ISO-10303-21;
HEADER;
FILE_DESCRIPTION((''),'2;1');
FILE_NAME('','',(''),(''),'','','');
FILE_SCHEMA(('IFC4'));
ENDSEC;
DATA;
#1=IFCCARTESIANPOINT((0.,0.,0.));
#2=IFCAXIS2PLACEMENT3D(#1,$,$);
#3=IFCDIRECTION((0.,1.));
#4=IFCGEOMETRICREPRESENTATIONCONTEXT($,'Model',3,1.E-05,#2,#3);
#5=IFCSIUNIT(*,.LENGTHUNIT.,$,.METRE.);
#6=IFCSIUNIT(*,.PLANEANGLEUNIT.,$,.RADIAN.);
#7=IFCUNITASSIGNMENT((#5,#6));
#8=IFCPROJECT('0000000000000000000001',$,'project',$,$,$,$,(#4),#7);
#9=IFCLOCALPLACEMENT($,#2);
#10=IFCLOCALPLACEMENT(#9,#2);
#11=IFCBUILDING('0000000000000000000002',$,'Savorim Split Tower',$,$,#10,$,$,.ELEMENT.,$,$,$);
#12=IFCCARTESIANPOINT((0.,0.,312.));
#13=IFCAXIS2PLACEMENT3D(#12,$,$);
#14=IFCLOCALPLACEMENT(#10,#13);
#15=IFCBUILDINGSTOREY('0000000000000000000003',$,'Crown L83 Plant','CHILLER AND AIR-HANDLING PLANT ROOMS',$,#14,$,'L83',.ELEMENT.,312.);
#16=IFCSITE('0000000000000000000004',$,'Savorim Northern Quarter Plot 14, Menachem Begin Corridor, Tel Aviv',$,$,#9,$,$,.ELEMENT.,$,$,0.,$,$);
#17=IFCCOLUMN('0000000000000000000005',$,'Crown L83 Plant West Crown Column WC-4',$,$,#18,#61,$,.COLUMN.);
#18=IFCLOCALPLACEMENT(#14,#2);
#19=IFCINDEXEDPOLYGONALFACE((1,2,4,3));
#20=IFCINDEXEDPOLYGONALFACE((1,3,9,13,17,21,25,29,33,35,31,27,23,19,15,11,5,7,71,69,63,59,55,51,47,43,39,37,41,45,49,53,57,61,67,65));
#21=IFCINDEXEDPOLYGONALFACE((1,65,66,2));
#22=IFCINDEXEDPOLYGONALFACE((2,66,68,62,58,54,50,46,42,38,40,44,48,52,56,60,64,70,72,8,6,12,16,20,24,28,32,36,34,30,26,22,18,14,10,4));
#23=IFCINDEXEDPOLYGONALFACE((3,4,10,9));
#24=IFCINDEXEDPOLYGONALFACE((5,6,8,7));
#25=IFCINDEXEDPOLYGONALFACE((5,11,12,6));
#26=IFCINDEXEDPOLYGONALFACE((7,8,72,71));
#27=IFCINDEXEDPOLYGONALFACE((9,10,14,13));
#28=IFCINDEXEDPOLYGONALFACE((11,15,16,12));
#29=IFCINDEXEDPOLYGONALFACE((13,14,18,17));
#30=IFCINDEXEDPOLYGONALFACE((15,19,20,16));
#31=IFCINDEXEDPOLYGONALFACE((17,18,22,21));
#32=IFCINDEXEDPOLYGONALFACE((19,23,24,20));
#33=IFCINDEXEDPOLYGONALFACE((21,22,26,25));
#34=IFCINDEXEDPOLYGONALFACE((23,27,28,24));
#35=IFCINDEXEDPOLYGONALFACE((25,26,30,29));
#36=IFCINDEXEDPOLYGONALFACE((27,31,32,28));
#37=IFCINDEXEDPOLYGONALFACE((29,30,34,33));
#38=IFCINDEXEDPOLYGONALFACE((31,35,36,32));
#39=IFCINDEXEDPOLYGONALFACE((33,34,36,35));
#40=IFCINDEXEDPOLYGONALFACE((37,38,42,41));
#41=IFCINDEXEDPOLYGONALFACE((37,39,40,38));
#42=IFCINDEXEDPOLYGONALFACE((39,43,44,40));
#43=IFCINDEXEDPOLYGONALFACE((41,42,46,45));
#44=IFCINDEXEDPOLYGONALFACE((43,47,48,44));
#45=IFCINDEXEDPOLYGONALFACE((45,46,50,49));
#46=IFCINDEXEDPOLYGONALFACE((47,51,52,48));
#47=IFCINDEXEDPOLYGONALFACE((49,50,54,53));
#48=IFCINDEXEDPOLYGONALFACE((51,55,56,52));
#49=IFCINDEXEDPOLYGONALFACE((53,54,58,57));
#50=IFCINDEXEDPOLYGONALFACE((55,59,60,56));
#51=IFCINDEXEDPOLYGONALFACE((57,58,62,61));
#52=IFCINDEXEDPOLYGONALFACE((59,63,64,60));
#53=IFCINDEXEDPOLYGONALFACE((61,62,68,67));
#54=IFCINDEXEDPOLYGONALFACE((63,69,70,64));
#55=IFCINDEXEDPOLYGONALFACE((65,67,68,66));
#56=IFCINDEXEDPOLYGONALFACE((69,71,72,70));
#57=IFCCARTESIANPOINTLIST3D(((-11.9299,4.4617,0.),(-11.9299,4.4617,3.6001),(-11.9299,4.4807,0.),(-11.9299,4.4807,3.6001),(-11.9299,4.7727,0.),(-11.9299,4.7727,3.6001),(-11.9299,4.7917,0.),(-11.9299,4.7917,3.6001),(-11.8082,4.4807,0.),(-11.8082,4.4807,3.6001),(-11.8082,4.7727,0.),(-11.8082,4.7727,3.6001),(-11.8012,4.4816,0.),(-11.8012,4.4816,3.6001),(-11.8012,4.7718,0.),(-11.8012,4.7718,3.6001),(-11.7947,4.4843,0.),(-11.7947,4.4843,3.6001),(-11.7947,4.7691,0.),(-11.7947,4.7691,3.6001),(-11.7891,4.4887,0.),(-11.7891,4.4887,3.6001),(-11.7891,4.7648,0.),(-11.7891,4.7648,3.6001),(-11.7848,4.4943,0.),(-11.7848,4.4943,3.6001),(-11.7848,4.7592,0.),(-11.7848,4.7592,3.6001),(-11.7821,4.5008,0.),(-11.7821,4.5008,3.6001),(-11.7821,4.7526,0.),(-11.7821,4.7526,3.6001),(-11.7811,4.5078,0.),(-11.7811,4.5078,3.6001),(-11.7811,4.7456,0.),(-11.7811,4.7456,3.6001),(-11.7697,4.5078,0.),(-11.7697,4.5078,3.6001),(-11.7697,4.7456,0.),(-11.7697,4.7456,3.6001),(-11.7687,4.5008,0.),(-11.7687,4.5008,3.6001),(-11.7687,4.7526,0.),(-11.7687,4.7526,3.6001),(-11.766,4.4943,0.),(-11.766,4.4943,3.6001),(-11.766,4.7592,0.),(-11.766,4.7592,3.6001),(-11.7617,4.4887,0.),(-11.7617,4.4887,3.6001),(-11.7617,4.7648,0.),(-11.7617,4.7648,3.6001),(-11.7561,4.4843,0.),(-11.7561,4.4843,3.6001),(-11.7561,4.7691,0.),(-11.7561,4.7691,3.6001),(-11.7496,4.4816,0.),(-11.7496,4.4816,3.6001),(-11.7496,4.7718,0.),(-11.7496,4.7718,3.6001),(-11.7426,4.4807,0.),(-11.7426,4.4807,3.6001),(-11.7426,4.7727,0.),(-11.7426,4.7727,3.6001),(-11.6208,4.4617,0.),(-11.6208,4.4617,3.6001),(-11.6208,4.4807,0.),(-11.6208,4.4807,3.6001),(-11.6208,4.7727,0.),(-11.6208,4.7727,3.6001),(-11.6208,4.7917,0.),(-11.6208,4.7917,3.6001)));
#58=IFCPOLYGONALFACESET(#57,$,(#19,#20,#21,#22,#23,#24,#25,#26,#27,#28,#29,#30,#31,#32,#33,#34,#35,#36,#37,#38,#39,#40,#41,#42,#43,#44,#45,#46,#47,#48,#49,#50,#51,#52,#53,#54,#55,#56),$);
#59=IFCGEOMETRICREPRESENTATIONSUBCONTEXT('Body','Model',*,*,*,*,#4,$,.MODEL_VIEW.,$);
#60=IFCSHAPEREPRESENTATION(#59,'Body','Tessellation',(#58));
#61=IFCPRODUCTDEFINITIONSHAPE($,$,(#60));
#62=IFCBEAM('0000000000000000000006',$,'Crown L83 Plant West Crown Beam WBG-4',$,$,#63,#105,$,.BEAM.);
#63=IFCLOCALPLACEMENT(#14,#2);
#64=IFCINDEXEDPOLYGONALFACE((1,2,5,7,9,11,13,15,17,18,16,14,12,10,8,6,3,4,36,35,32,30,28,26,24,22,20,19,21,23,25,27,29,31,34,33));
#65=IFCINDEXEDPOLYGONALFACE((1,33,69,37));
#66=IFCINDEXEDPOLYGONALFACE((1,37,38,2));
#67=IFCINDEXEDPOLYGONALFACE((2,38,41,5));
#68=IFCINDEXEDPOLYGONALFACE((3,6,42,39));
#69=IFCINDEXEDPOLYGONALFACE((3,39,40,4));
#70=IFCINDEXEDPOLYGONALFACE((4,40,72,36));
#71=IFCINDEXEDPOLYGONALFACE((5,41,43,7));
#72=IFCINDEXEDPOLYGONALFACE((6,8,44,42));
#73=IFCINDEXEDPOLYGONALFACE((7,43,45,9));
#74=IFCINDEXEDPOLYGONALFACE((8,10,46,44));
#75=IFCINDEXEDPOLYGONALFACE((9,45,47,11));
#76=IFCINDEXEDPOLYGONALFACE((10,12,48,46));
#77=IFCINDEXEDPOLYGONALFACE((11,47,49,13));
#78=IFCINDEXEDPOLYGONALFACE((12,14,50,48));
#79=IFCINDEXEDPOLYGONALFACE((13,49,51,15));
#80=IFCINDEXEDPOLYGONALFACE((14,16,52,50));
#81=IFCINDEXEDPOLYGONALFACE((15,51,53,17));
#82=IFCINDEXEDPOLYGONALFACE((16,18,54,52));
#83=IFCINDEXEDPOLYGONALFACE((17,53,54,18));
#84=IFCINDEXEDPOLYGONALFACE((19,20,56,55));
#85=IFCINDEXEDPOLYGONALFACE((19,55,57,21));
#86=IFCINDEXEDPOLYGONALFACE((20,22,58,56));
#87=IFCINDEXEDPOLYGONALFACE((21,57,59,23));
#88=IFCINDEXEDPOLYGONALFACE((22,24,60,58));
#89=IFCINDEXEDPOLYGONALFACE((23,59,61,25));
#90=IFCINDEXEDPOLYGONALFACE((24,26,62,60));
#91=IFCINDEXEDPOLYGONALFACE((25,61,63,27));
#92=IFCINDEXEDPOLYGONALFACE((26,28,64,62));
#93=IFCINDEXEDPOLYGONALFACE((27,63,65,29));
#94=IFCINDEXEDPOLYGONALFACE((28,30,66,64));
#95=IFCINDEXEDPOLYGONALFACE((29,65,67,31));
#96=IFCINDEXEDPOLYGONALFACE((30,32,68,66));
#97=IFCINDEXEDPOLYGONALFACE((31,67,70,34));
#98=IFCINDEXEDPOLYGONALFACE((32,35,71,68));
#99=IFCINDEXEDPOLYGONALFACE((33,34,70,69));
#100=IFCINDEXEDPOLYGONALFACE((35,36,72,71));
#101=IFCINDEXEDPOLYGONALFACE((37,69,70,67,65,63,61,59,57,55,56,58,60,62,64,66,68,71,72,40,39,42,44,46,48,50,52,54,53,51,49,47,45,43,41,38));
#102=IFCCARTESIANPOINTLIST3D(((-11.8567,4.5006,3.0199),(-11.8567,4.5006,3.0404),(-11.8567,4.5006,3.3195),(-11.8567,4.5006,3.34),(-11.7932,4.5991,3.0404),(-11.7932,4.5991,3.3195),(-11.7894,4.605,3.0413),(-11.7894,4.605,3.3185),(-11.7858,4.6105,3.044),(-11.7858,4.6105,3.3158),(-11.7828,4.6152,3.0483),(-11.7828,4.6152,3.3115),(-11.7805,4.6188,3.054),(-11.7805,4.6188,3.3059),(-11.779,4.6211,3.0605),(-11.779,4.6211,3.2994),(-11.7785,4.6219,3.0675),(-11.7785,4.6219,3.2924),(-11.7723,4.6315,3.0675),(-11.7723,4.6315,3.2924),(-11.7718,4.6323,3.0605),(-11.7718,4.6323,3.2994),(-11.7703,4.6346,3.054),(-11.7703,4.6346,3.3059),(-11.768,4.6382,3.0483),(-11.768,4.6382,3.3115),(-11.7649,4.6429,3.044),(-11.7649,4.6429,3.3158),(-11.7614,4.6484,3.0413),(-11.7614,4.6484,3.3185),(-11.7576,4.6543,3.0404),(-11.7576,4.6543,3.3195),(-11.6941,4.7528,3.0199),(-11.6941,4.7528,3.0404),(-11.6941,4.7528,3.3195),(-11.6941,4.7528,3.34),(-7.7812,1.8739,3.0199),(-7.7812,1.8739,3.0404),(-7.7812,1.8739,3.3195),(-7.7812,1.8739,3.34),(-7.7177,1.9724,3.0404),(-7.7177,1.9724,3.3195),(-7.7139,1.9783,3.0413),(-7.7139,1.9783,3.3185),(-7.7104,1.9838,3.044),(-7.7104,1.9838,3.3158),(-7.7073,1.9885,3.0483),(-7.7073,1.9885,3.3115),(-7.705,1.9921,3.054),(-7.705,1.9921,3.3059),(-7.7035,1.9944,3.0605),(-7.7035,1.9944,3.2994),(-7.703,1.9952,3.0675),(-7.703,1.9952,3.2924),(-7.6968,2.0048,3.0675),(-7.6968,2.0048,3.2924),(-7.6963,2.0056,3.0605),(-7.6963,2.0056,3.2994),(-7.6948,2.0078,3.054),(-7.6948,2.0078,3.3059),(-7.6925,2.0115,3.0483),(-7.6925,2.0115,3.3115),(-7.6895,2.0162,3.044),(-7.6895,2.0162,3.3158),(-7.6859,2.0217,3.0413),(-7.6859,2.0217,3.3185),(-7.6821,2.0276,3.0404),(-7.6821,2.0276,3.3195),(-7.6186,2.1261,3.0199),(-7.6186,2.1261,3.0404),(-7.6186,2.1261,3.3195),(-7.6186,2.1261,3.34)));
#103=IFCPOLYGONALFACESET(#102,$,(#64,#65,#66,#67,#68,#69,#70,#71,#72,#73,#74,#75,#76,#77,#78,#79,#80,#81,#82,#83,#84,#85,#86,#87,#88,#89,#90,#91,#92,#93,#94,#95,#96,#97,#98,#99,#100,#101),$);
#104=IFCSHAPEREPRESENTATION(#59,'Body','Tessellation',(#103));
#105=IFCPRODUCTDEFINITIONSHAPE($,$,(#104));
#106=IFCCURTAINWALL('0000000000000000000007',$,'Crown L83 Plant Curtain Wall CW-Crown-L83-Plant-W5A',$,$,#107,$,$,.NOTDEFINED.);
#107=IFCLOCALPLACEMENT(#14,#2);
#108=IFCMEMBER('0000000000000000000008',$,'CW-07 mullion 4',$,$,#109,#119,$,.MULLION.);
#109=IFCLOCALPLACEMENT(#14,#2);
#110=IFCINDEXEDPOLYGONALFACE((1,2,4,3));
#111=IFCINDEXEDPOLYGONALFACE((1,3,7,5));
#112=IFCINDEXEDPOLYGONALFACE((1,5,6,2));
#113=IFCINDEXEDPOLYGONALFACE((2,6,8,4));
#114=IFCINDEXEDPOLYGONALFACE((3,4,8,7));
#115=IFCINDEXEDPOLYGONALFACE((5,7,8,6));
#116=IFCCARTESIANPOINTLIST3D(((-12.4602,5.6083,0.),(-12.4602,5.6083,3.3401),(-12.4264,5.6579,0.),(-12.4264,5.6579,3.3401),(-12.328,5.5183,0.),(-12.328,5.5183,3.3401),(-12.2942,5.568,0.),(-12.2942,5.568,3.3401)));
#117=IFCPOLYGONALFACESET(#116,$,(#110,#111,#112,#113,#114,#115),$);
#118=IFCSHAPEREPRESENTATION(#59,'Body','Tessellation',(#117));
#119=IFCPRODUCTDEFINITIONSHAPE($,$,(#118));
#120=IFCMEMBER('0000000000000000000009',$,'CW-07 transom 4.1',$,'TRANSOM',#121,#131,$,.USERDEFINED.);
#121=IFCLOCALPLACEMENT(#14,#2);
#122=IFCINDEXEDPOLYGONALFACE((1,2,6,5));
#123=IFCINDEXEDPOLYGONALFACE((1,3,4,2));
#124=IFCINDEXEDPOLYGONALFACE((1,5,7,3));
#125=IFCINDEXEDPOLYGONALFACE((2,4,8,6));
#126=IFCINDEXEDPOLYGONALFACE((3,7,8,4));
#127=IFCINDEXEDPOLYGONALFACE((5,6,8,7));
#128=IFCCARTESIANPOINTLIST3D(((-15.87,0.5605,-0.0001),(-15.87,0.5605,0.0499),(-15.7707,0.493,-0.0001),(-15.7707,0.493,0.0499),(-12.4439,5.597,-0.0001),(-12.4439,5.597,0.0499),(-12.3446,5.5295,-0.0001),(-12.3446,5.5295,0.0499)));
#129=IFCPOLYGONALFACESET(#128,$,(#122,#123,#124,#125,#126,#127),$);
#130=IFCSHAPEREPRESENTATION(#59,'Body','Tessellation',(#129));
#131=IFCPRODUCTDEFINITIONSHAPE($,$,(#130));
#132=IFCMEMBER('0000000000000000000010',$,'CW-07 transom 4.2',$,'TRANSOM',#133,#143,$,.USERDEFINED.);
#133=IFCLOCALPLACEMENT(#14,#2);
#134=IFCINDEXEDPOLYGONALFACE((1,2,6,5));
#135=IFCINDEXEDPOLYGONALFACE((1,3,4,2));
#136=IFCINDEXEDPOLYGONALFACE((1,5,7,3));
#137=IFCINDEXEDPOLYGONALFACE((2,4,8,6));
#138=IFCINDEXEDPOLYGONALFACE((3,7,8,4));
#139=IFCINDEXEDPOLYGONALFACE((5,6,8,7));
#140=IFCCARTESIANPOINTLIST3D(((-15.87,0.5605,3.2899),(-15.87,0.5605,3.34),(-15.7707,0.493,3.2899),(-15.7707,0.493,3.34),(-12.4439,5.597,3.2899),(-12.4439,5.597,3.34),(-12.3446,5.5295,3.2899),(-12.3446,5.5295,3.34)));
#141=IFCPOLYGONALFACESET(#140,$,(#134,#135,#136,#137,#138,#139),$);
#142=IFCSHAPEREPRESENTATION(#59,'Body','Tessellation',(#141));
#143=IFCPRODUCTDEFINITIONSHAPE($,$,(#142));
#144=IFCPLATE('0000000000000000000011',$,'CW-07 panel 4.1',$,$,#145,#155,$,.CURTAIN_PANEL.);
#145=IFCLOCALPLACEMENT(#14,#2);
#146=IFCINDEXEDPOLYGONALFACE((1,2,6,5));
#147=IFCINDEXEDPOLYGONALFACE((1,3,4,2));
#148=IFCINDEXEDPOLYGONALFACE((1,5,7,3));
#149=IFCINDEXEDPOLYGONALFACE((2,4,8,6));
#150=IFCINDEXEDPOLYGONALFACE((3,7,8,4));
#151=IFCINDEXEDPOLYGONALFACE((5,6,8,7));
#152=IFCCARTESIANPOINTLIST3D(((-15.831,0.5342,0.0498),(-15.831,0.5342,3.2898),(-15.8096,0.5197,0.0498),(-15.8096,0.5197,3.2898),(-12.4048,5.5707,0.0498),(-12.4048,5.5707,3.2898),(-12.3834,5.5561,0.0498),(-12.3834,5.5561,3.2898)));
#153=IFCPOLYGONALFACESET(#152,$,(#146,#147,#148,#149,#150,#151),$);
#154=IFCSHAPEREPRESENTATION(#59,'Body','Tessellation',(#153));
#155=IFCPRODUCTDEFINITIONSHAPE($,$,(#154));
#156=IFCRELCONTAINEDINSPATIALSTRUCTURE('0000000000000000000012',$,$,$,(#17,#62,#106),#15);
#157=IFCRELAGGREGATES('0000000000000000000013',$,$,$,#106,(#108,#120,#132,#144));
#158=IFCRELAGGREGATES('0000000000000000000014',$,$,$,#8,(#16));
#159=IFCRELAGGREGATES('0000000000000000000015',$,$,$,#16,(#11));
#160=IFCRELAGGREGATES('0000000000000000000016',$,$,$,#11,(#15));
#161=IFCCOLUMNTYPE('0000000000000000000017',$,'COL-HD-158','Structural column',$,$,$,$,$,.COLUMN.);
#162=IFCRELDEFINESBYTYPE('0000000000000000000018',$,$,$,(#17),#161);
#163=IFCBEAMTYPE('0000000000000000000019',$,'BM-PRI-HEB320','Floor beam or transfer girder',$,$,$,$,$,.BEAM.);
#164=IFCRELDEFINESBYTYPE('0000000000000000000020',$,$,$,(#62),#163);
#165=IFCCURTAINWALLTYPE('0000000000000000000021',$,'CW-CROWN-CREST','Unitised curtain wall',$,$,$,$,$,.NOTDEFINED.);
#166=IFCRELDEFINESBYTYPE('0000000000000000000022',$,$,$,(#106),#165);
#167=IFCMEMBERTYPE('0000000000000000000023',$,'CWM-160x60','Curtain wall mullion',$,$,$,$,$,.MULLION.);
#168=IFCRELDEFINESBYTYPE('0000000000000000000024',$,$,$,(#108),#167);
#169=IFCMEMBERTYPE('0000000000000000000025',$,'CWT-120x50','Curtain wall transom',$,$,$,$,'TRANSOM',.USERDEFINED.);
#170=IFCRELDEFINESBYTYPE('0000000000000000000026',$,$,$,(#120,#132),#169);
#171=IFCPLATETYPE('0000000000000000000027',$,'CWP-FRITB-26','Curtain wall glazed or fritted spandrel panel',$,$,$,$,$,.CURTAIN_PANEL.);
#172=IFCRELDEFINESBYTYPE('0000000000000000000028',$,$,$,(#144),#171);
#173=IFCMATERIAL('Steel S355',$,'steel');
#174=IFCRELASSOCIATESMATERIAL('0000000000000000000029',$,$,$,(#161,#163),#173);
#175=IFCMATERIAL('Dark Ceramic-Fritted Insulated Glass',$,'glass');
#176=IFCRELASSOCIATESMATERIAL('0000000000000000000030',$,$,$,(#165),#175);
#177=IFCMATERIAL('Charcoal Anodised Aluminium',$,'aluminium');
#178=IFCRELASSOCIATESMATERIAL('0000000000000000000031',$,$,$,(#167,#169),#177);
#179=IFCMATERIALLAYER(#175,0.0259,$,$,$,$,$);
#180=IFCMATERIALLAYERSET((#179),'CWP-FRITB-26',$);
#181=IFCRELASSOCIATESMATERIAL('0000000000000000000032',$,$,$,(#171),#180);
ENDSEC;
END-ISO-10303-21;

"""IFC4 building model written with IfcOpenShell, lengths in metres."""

from ifc_helpers import new_model, si_unit, direction, frame, origin, origin_2d, place, context, subcontext, project, spatial, rectangle, i_section, extrude, material, layer, layer_set, material_profile, profile_set, type_object, element, aggregate, save


model = new_model("IFC4")

# Units and contexts
model_context = context("Model", 3, precision=1e-05, world=origin(), true_north=direction((0.0, 1.0)))
body_context = subcontext(model_context, "Body", "Model", "MODEL_VIEW")
ifc_project = project(units=[si_unit("LENGTHUNIT", "METRE"), si_unit("PLANEANGLEUNIT", "RADIAN")], contexts=[model_context])

# Site, building, storey
site_placement = place(None, origin())
site = spatial("IfcSite", under=ifc_project, at=site_placement, Name="Savorim Northern Quarter Plot 14, Menachem Begin Corridor, Tel Aviv", CompositionType="ELEMENT", RefElevation=0.0)
building_placement = place(site_placement, origin())
building = spatial("IfcBuilding", under=site, at=building_placement, Name="Savorim Split Tower", CompositionType="ELEMENT")
storey_placement = place(building_placement, frame((0.0, 0.0, 312.0)))
storey = spatial("IfcBuildingStorey", under=building, at=storey_placement, Name="Crown L83 Plant", Description="CHILLER AND AIR-HANDLING PLANT ROOMS", LongName="L83", CompositionType="ELEMENT", Elevation=312.0)

# Column
ifc_material_1 = material(Name="Steel S355", Category="steel")
ifc_material_profile_1 = material_profile(ifc_material_1, i_section(OverallWidth=0.3091, OverallDepth=0.3301, WebThickness=0.0115, FlangeThickness=0.019, FilletRadius=0.0271, at=origin_2d()), Name="HD 320x158")
ifc_profile_set_1 = profile_set([ifc_material_profile_1], Name="Steel S355")
column_type = type_object("IfcColumnType", Name="COL-HD-158", Description="Structural column", PredefinedType="COLUMN", material=ifc_profile_set_1)
column_placement = place(storey_placement, frame((-11.7754, 4.6267, 0.0), z_axis=(0.0, 0.0, 1.0), x_axis=(1.0, 0.0, 0.0)))
element("IfcColumn", 1, at=column_placement, inside=storey, type_object=column_type, Name="Crown L83 Plant West Crown Column WC-4", PredefinedType="COLUMN", context=body_context, shape_type="SweptSolid", body=[
    extrude(i_section(OverallWidth=0.3091, OverallDepth=0.3301, WebThickness=0.0115, FlangeThickness=0.019, FilletRadius=0.0271, at=origin_2d()), origin(), (0.0, 0.0, 1.0), 3.6001),
])

# Beam
ifc_material_profile_2 = material_profile(ifc_material_1, i_section(OverallWidth=0.3, OverallDepth=0.3201, WebThickness=0.0115, FlangeThickness=0.0205, FilletRadius=0.0271, at=origin_2d()), Name="HEB 320")
ifc_profile_set_2 = profile_set([ifc_material_profile_2], Name="Steel S355")
beam_type = type_object("IfcBeamType", Name="BM-PRI-HEB320", Description="Floor beam or transfer girder", PredefinedType="BEAM", material=ifc_profile_set_2)
beam_placement = place(storey_placement, frame((-11.7754, 4.6267, 3.1799), z_axis=(0.840541, -0.541747, 0.0), x_axis=(0.541747, 0.840541, 0.0)))
element("IfcBeam", 2, at=beam_placement, inside=storey, type_object=beam_type, Name="Crown L83 Plant West Crown Beam WBG-4", PredefinedType="BEAM", context=body_context, shape_type="SweptSolid", body=[
    extrude(i_section(OverallWidth=0.3, OverallDepth=0.3201, WebThickness=0.0115, FlangeThickness=0.0205, FilletRadius=0.0271, at=origin_2d()), origin(), (0.0, 0.0, 1.0), 4.8486),
])

# Curtain wall, members, plate
ifc_material_2 = material(Name="Dark Ceramic-Fritted Insulated Glass", Category="glass")
curtain_wall_type = type_object("IfcCurtainWallType", Name="CW-CROWN-CREST", Description="Unitised curtain wall", PredefinedType="NOTDEFINED", material=ifc_material_2)
curtain_wall_placement = place(storey_placement, origin())
curtain_wall = element("IfcCurtainWall", 3, at=curtain_wall_placement, inside=storey, type_object=curtain_wall_type, Name="Crown L83 Plant Curtain Wall CW-Crown-L83-Plant-W5A", PredefinedType="NOTDEFINED")
ifc_material_3 = material(Name="Charcoal Anodised Aluminium", Category="aluminium")
ifc_material_profile_3 = material_profile(ifc_material_3, rectangle(XDim=0.1599, YDim=0.0601, at=origin_2d()), Name="ALU-M 160x60")
ifc_profile_set_3 = profile_set([ifc_material_profile_3], Name="Charcoal Anodised Aluminium")
member_type_1 = type_object("IfcMemberType", Name="CWM-160x60", Description="Curtain wall mullion", PredefinedType="MULLION", material=ifc_profile_set_3)
member_1_placement = place(storey_placement, frame((-12.3772, 5.5881, 0.0), z_axis=(0.0, 0.0, 1.0), x_axis=(0.826821, -0.562465, 0.0)))
member_1 = element("IfcMember", 4, at=member_1_placement, type_object=member_type_1, Name="CW-07 mullion 4", PredefinedType="MULLION", context=body_context, shape_type="SweptSolid", body=[
    extrude(rectangle(XDim=0.1599, YDim=0.0601, at=origin_2d()), origin(), (0.0, 0.0, 1.0), 3.3401),
])
ifc_material_profile_4 = material_profile(ifc_material_3, rectangle(XDim=0.1201, YDim=0.05, at=origin_2d()), Name="ALU-T 120x50")
ifc_profile_set_4 = profile_set([ifc_material_profile_4], Name="Charcoal Anodised Aluminium")
member_type_2 = type_object("IfcMemberType", Name="CWT-120x50", Description="Curtain wall transom", ElementType="TRANSOM", PredefinedType="USERDEFINED", material=ifc_profile_set_4)
member_2_placement = place(storey_placement, frame((-12.3943, 5.5632, 0.0249), z_axis=(-0.562455, -0.826828, 0.0), x_axis=(0.826828, -0.562455, 0.0)))
member_2 = element("IfcMember", 5, at=member_2_placement, type_object=member_type_2, Name="CW-07 transom 4.1", ObjectType="TRANSOM", PredefinedType="USERDEFINED", context=body_context, shape_type="SweptSolid", body=[
    extrude(rectangle(XDim=0.1201, YDim=0.05, at=origin_2d()), origin(), (0.0, 0.0, 1.0), 6.0913),
])
member_3_placement = place(storey_placement, frame((-12.3943, 5.5632, 3.3149), z_axis=(-0.562455, -0.826828, 0.0), x_axis=(0.826828, -0.562455, 0.0)))
member_3 = element("IfcMember", 6, at=member_3_placement, type_object=member_type_2, Name="CW-07 transom 4.2", ObjectType="TRANSOM", PredefinedType="USERDEFINED", context=body_context, shape_type="SweptSolid", body=[
    extrude(rectangle(XDim=0.1201, YDim=0.05, at=origin_2d()), origin(), (0.0, 0.0, 1.0), 6.0913),
])
ifc_layer_1 = layer(ifc_material_2, 0.0259)
ifc_layer_set_1 = layer_set([ifc_layer_1], Name="CWP-FRITB-26")
plate_type = type_object("IfcPlateType", Name="CWP-FRITB-26", Description="Curtain wall glazed or fritted spandrel panel", PredefinedType="CURTAIN_PANEL", material=ifc_layer_set_1)
plate_placement = place(storey_placement, frame((-14.1072, 3.0452, 0.0498), z_axis=(0.0, 0.0, 1.0), x_axis=(-0.562465, -0.826821, 0.0)))
plate = element("IfcPlate", 7, at=plate_placement, type_object=plate_type, Name="CW-07 panel 4.1", PredefinedType="CURTAIN_PANEL", context=body_context, shape_type="SweptSolid", body=[
    extrude(rectangle(XDim=6.0913, YDim=0.0259, at=origin_2d()), origin(), (0.0, 0.0, 1.0), 3.24),
])
aggregate(curtain_wall, [member_1, member_2, member_3, plate])

save(model, "model.ifc")
